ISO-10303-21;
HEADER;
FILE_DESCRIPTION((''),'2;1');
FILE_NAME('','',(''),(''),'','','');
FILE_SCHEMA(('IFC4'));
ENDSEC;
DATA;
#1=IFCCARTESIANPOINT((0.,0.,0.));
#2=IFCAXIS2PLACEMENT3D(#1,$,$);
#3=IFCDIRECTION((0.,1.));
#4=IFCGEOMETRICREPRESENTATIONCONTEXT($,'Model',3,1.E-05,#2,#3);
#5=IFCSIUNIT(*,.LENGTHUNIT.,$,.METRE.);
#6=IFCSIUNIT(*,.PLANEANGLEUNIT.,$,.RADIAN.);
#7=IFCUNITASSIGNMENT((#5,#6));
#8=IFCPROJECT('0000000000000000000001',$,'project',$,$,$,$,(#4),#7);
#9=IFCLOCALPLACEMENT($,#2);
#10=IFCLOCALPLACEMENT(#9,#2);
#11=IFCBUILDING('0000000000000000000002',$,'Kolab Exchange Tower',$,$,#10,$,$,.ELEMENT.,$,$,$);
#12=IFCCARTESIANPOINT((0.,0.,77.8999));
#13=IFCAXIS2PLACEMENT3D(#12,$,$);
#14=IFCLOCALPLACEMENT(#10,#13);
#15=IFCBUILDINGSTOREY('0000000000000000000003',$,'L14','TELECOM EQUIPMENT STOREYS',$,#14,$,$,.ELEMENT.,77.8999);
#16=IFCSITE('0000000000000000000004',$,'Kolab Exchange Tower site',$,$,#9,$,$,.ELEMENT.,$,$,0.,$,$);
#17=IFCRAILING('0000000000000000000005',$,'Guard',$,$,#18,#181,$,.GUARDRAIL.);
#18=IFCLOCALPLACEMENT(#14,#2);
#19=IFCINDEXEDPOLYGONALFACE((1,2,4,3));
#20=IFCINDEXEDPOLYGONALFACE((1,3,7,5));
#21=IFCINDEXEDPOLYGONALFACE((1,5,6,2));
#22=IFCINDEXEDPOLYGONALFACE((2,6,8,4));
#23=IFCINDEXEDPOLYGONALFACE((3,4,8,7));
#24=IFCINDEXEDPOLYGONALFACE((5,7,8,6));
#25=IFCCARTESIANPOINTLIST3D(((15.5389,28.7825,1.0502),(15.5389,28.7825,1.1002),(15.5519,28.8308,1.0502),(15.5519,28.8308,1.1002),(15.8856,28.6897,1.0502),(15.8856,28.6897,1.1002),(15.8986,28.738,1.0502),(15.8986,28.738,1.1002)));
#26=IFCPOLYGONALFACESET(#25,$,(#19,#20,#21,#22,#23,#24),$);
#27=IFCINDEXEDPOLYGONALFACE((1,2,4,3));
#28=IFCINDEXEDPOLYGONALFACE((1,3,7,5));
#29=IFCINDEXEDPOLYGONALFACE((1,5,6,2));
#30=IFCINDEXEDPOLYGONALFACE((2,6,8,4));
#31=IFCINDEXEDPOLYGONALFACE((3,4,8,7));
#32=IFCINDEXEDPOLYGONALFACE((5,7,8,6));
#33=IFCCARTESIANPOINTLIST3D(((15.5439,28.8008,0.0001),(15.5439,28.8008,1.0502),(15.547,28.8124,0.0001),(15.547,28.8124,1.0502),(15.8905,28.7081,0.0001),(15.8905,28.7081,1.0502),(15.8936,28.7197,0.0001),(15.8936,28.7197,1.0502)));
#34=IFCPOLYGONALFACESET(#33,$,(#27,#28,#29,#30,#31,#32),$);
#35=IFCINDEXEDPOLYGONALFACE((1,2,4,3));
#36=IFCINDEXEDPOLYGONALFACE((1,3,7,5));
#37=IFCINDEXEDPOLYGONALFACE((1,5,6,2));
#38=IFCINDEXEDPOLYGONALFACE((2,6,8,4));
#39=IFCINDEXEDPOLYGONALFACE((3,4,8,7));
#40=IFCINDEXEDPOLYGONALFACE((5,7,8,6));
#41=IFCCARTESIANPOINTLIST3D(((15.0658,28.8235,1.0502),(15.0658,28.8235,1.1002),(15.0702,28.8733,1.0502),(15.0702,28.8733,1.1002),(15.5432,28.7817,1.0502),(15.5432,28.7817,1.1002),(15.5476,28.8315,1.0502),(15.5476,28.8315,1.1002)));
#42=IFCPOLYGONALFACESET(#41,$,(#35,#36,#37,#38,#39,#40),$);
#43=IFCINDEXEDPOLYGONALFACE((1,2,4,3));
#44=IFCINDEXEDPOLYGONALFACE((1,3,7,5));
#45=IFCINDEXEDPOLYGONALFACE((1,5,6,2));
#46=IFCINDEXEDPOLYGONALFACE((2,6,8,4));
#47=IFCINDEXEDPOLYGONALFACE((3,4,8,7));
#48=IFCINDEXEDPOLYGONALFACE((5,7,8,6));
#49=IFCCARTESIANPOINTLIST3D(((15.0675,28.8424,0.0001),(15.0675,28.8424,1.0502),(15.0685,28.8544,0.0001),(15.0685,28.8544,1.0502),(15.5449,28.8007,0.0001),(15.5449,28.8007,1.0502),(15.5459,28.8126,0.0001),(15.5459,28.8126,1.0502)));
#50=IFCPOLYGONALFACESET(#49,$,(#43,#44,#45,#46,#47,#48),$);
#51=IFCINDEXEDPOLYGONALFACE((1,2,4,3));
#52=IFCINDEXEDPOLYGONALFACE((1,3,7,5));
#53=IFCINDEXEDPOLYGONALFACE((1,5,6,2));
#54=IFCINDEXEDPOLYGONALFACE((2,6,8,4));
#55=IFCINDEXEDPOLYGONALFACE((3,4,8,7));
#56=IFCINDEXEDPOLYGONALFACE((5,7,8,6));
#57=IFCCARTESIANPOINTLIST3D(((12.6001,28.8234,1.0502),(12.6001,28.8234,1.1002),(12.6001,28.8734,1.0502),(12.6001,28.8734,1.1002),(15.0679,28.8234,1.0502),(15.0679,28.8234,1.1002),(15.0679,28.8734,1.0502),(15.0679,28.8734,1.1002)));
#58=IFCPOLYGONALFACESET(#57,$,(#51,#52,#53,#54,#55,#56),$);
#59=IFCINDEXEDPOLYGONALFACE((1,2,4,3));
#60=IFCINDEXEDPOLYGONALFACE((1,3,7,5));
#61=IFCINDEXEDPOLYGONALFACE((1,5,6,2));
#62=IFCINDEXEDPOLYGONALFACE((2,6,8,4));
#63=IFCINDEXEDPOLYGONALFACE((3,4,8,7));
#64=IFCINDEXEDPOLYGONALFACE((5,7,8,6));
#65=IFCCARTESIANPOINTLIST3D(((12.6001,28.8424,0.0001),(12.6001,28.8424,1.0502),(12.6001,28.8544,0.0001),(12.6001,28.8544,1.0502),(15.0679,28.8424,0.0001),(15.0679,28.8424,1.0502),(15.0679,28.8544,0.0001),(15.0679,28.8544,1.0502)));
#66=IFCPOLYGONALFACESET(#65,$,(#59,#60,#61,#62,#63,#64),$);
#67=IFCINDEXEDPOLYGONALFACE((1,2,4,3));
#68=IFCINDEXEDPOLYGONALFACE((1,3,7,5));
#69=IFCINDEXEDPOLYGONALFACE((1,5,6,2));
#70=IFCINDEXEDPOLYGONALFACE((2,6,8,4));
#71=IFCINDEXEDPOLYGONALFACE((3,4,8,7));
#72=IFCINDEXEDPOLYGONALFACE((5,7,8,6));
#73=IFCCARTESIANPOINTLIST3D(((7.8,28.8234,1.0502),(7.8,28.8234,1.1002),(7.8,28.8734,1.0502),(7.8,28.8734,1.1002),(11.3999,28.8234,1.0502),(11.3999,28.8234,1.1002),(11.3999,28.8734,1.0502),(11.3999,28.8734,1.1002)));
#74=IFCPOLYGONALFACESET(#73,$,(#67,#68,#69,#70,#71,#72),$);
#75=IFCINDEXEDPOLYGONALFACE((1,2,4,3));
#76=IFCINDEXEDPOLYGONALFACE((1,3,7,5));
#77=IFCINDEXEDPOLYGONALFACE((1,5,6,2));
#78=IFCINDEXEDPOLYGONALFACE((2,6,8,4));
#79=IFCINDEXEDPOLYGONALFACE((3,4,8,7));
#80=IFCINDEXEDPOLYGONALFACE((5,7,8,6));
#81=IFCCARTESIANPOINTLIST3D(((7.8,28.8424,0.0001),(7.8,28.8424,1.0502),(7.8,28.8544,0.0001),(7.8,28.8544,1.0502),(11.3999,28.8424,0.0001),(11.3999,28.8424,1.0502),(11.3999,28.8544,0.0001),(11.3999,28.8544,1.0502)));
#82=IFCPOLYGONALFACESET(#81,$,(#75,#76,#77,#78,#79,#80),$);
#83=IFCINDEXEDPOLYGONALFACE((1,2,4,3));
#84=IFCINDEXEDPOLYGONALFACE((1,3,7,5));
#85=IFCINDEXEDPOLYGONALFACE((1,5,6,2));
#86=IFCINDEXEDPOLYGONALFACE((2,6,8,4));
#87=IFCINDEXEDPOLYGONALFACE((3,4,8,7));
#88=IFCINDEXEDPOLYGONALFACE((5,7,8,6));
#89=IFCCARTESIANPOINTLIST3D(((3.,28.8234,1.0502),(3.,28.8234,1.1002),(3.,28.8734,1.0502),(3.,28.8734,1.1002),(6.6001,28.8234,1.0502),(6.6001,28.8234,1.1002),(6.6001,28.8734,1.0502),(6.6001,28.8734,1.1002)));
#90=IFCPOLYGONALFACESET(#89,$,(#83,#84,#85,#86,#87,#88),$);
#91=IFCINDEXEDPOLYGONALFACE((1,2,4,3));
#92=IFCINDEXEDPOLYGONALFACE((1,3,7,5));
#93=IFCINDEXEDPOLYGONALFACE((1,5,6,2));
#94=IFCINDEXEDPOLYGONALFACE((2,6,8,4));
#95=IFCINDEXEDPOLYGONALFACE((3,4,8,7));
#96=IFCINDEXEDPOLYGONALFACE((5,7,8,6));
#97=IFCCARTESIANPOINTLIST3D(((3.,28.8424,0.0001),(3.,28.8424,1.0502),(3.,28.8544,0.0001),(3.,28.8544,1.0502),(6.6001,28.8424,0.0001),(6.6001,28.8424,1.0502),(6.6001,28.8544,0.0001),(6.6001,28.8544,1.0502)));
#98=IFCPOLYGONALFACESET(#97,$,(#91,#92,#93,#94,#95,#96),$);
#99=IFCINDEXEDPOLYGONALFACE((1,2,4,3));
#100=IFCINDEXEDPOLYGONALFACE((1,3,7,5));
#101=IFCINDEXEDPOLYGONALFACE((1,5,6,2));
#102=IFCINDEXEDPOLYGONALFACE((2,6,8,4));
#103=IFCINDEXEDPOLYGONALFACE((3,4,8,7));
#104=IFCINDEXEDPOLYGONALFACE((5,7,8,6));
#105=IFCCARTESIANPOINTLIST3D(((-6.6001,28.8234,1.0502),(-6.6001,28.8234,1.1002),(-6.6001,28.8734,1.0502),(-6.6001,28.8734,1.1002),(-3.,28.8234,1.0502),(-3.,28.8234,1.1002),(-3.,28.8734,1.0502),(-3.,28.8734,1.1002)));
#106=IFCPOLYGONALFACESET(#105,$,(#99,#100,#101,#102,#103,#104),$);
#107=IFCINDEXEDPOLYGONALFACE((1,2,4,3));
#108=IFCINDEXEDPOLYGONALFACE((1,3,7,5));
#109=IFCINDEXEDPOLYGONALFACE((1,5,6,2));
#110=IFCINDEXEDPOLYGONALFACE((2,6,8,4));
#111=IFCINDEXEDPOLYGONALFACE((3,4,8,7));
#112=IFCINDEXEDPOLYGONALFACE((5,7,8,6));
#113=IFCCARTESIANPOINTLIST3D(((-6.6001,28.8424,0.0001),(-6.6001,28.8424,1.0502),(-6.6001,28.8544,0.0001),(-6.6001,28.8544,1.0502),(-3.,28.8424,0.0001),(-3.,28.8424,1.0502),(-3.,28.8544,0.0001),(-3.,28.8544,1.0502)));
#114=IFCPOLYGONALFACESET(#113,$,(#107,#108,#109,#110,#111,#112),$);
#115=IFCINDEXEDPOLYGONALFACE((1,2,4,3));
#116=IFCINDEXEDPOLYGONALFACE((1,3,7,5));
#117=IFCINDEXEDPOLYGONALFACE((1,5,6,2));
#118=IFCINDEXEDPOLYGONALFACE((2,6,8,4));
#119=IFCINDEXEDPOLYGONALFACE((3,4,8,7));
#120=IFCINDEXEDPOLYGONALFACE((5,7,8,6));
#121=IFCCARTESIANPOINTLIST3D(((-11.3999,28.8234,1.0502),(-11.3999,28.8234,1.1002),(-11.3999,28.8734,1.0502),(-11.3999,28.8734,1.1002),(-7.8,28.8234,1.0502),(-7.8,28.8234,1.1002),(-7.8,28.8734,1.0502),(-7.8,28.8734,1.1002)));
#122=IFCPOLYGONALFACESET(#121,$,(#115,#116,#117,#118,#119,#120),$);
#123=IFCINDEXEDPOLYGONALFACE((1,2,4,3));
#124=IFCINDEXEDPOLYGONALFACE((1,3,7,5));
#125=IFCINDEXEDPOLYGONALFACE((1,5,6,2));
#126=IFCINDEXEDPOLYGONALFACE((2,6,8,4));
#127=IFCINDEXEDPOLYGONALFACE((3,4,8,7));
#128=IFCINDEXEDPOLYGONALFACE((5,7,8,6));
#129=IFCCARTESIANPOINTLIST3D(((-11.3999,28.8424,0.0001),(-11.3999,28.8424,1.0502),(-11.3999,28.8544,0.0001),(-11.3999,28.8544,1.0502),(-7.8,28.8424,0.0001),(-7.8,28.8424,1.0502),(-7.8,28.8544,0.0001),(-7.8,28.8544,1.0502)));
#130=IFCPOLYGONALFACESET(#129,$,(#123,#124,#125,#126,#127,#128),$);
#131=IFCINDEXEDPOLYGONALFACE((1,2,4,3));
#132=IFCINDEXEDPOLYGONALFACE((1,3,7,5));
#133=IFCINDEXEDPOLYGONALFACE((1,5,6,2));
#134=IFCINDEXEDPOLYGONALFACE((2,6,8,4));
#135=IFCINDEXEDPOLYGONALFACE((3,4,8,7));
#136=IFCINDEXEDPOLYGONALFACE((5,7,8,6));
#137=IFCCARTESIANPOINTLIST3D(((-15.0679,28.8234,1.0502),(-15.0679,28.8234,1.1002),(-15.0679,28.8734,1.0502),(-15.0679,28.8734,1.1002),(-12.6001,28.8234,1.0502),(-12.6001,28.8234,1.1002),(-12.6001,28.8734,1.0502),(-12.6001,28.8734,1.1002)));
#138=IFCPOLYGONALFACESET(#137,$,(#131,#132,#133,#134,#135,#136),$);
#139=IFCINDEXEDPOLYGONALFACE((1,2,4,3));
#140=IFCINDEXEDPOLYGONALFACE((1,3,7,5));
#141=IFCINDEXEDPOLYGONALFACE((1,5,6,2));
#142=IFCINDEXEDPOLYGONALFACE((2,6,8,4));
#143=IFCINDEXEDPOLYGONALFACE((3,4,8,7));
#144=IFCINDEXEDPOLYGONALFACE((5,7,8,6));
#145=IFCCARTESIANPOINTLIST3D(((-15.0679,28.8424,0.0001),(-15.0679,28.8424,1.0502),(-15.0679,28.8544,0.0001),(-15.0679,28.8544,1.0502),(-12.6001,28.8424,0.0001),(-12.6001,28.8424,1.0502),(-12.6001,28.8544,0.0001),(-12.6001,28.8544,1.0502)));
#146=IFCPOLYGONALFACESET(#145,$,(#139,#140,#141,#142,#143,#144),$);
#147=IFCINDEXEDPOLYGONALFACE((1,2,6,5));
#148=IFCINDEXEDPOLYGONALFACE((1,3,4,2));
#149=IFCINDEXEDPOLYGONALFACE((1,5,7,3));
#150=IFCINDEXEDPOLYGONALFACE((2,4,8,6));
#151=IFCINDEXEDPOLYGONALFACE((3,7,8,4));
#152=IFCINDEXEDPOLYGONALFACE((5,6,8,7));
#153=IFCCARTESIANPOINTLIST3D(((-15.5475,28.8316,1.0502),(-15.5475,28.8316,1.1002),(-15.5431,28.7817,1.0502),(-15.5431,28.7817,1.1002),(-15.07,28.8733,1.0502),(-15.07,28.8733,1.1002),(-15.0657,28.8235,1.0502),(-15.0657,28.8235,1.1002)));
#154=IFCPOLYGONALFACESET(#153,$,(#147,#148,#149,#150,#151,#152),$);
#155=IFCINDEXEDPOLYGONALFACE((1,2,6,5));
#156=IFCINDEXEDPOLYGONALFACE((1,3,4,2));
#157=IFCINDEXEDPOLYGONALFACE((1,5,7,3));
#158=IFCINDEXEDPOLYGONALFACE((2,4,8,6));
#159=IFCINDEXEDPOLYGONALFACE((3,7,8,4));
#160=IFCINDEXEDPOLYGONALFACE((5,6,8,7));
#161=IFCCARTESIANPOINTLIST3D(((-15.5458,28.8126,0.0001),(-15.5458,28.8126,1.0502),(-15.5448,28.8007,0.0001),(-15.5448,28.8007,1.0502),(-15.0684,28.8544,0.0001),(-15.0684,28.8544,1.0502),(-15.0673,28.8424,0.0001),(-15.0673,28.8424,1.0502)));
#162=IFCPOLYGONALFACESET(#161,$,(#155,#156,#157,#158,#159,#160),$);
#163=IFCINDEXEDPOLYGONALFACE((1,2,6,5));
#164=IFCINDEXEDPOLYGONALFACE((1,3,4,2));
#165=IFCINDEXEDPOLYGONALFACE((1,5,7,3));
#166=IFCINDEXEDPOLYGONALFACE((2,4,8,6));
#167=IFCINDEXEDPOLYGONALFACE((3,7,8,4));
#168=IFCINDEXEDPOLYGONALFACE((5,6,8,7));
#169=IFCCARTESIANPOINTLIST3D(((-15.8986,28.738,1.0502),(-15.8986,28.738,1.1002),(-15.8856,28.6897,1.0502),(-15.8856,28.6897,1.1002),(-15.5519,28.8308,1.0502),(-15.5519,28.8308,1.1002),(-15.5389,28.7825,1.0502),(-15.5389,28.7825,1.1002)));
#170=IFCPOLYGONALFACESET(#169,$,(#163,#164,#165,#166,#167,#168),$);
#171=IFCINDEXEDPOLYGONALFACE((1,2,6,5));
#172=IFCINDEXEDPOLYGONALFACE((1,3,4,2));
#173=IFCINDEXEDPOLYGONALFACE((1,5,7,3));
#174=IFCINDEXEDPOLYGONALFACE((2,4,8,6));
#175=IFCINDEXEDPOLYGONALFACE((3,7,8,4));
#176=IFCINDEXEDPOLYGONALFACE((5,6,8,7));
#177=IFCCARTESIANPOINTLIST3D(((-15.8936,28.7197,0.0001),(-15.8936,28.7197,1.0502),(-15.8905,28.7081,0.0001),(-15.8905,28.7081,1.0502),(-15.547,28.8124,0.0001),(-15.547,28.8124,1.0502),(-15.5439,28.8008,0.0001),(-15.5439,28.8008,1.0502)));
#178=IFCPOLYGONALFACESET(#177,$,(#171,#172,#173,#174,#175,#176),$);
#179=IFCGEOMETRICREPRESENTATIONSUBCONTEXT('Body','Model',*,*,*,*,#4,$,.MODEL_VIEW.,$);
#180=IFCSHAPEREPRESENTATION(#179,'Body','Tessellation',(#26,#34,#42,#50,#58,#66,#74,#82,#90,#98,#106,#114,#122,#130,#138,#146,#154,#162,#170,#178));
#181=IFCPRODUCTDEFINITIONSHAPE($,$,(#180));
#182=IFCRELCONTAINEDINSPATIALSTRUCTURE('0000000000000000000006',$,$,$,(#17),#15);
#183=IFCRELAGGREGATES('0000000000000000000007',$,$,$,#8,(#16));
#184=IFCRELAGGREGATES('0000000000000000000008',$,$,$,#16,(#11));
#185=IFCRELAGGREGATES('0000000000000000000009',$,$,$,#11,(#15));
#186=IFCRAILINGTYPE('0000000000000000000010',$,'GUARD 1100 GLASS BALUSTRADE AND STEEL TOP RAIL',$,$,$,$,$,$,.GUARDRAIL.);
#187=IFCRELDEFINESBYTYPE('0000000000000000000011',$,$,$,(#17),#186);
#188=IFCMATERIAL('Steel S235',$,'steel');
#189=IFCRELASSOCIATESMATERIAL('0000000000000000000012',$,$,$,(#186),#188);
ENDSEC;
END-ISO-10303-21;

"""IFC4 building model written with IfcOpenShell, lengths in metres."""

from ifc_helpers import new_model, si_unit, direction, frame, frame_2d, origin, origin_2d, place, context, subcontext, project, spatial, rectangle, extrude, material, type_object, element, save


model = new_model("IFC4")

# Units and contexts
model_context = context("Model", 3, precision=1e-05, world=origin(), true_north=direction((0.0, 1.0)))
body_context = subcontext(model_context, "Body", "Model", "MODEL_VIEW")
ifc_project = project(units=[si_unit("LENGTHUNIT", "METRE"), si_unit("PLANEANGLEUNIT", "RADIAN")], contexts=[model_context])

# Site, building, storey
site_placement = place(None, origin())
site = spatial("IfcSite", under=ifc_project, at=site_placement, Name="Kolab Exchange Tower site", CompositionType="ELEMENT", RefElevation=0.0)
building_placement = place(site_placement, origin())
building = spatial("IfcBuilding", under=site, at=building_placement, Name="Kolab Exchange Tower", CompositionType="ELEMENT")
storey_placement = place(building_placement, frame((0.0, 0.0, 77.8999)))
storey = spatial("IfcBuildingStorey", under=building, at=storey_placement, Name="L14", Description="TELECOM EQUIPMENT STOREYS", CompositionType="ELEMENT", Elevation=77.8999)

# Railing
ifc_material_1 = material(Name="Steel S235", Category="steel")
railing_type = type_object("IfcRailingType", Name="GUARD 1100 GLASS BALUSTRADE AND STEEL TOP RAIL", PredefinedType="GUARDRAIL", material=ifc_material_1)
railing_placement = place(storey_placement, frame((15.8921, 28.7139, 0.0)))
element("IfcRailing", 1, at=railing_placement, inside=storey, type_object=railing_type, Name="Guard", PredefinedType="GUARDRAIL", context=body_context, shape_type="SweptSolid", body=[
    extrude(rectangle(XDim=0.05, YDim=0.05, at=origin_2d()), frame((0.0, 0.0, 1.0752), z_axis=(-0.966009, 0.258509, 0.0), x_axis=(-0.258509, -0.966009, 0.0)), (0.0, 0.0, 1.0), 0.3589),
    extrude(rectangle(XDim=0.012, YDim=1.0501, at=frame_2d((0.0, 0.5251))), frame((0.0, 0.0, 0.0), z_axis=(-0.966009, 0.258509, 0.0), x_axis=(-0.258509, -0.966009, 0.0)), (0.0, 0.0, 1.0), 0.3589),
    extrude(rectangle(XDim=0.05, YDim=0.05, at=origin_2d()), frame((-0.3467, 0.0928, 1.0752), z_axis=(-0.9962, 0.087091, 0.0), x_axis=(-0.087091, -0.9962, 0.0)), (0.0, 0.0, 1.0), 0.4792),
    extrude(rectangle(XDim=0.012, YDim=1.0501, at=frame_2d((0.0, 0.5251))), frame((-0.3467, 0.0928, 0.0), z_axis=(-0.9962, 0.087091, 0.0), x_axis=(-0.087091, -0.9962, 0.0)), (0.0, 0.0, 1.0), 0.4792),
    extrude(rectangle(XDim=0.05, YDim=0.05, at=origin_2d()), frame((-0.8242, 0.1345, 1.0752), z_axis=(-1.0, 0.0, 0.0), x_axis=(0.0, -1.0, 0.0)), (0.0, 0.0, 1.0), 2.4678),
    extrude(rectangle(XDim=0.012, YDim=1.0501, at=frame_2d((0.0, 0.5251))), frame((-0.8242, 0.1345, 0.0), z_axis=(-1.0, 0.0, 0.0), x_axis=(0.0, -1.0, 0.0)), (0.0, 0.0, 1.0), 2.4678),
    extrude(rectangle(XDim=0.05, YDim=0.05, at=origin_2d()), frame((-4.4922, 0.1345, 1.0752), z_axis=(-1.0, 0.0, 0.0), x_axis=(0.0, -1.0, 0.0)), (0.0, 0.0, 1.0), 3.5999),
    extrude(rectangle(XDim=0.012, YDim=1.0501, at=frame_2d((0.0, 0.5251))), frame((-4.4922, 0.1345, 0.0), z_axis=(-1.0, 0.0, 0.0), x_axis=(0.0, -1.0, 0.0)), (0.0, 0.0, 1.0), 3.5999),
    extrude(rectangle(XDim=0.05, YDim=0.05, at=origin_2d()), frame((-9.292, 0.1345, 1.0752), z_axis=(-1.0, 0.0, 0.0), x_axis=(0.0, -1.0, 0.0)), (0.0, 0.0, 1.0), 3.6001),
    extrude(rectangle(XDim=0.012, YDim=1.0501, at=frame_2d((0.0, 0.5251))), frame((-9.292, 0.1345, 0.0), z_axis=(-1.0, 0.0, 0.0), x_axis=(0.0, -1.0, 0.0)), (0.0, 0.0, 1.0), 3.6001),
    extrude(rectangle(XDim=0.05, YDim=0.05, at=origin_2d()), frame((-18.8921, 0.1345, 1.0752), z_axis=(-1.0, 0.0, 0.0), x_axis=(0.0, -1.0, 0.0)), (0.0, 0.0, 1.0), 3.6001),
    extrude(rectangle(XDim=0.012, YDim=1.0501, at=frame_2d((0.0, 0.5251))), frame((-18.8921, 0.1345, 0.0), z_axis=(-1.0, 0.0, 0.0), x_axis=(0.0, -1.0, 0.0)), (0.0, 0.0, 1.0), 3.6001),
    extrude(rectangle(XDim=0.05, YDim=0.05, at=origin_2d()), frame((-23.6921, 0.1345, 1.0752), z_axis=(-1.0, 0.0, 0.0), x_axis=(0.0, -1.0, 0.0)), (0.0, 0.0, 1.0), 3.5999),
    extrude(rectangle(XDim=0.012, YDim=1.0501, at=frame_2d((0.0, 0.5251))), frame((-23.6921, 0.1345, 0.0), z_axis=(-1.0, 0.0, 0.0), x_axis=(0.0, -1.0, 0.0)), (0.0, 0.0, 1.0), 3.5999),
    extrude(rectangle(XDim=0.05, YDim=0.05, at=origin_2d()), frame((-28.4922, 0.1345, 1.0752), z_axis=(-1.0, 0.0, 0.0), x_axis=(0.0, -1.0, 0.0)), (0.0, 0.0, 1.0), 2.4678),
    extrude(rectangle(XDim=0.012, YDim=1.0501, at=frame_2d((0.0, 0.5251))), frame((-28.4922, 0.1345, 0.0), z_axis=(-1.0, 0.0, 0.0), x_axis=(0.0, -1.0, 0.0)), (0.0, 0.0, 1.0), 2.4678),
    extrude(rectangle(XDim=0.05, YDim=0.05, at=origin_2d()), frame((-30.96, 0.1345, 1.0752), z_axis=(-0.9962, -0.087091, 0.0), x_axis=(0.087091, -0.9962, 0.0)), (0.0, 0.0, 1.0), 0.4792),
    extrude(rectangle(XDim=0.012, YDim=1.0501, at=frame_2d((0.0, 0.5251))), frame((-30.96, 0.1345, 0.0), z_axis=(-0.9962, -0.087091, 0.0), x_axis=(0.087091, -0.9962, 0.0)), (0.0, 0.0, 1.0), 0.4792),
    extrude(rectangle(XDim=0.05, YDim=0.05, at=origin_2d()), frame((-31.4375, 0.0928, 1.0752), z_axis=(-0.966009, -0.258509, 0.0), x_axis=(0.258509, -0.966009, 0.0)), (0.0, 0.0, 1.0), 0.3589),
    extrude(rectangle(XDim=0.012, YDim=1.0501, at=frame_2d((0.0, 0.5251))), frame((-31.4375, 0.0928, 0.0), z_axis=(-0.966009, -0.258509, 0.0), x_axis=(0.258509, -0.966009, 0.0)), (0.0, 0.0, 1.0), 0.3589),
])

save(model, "model.ifc")
